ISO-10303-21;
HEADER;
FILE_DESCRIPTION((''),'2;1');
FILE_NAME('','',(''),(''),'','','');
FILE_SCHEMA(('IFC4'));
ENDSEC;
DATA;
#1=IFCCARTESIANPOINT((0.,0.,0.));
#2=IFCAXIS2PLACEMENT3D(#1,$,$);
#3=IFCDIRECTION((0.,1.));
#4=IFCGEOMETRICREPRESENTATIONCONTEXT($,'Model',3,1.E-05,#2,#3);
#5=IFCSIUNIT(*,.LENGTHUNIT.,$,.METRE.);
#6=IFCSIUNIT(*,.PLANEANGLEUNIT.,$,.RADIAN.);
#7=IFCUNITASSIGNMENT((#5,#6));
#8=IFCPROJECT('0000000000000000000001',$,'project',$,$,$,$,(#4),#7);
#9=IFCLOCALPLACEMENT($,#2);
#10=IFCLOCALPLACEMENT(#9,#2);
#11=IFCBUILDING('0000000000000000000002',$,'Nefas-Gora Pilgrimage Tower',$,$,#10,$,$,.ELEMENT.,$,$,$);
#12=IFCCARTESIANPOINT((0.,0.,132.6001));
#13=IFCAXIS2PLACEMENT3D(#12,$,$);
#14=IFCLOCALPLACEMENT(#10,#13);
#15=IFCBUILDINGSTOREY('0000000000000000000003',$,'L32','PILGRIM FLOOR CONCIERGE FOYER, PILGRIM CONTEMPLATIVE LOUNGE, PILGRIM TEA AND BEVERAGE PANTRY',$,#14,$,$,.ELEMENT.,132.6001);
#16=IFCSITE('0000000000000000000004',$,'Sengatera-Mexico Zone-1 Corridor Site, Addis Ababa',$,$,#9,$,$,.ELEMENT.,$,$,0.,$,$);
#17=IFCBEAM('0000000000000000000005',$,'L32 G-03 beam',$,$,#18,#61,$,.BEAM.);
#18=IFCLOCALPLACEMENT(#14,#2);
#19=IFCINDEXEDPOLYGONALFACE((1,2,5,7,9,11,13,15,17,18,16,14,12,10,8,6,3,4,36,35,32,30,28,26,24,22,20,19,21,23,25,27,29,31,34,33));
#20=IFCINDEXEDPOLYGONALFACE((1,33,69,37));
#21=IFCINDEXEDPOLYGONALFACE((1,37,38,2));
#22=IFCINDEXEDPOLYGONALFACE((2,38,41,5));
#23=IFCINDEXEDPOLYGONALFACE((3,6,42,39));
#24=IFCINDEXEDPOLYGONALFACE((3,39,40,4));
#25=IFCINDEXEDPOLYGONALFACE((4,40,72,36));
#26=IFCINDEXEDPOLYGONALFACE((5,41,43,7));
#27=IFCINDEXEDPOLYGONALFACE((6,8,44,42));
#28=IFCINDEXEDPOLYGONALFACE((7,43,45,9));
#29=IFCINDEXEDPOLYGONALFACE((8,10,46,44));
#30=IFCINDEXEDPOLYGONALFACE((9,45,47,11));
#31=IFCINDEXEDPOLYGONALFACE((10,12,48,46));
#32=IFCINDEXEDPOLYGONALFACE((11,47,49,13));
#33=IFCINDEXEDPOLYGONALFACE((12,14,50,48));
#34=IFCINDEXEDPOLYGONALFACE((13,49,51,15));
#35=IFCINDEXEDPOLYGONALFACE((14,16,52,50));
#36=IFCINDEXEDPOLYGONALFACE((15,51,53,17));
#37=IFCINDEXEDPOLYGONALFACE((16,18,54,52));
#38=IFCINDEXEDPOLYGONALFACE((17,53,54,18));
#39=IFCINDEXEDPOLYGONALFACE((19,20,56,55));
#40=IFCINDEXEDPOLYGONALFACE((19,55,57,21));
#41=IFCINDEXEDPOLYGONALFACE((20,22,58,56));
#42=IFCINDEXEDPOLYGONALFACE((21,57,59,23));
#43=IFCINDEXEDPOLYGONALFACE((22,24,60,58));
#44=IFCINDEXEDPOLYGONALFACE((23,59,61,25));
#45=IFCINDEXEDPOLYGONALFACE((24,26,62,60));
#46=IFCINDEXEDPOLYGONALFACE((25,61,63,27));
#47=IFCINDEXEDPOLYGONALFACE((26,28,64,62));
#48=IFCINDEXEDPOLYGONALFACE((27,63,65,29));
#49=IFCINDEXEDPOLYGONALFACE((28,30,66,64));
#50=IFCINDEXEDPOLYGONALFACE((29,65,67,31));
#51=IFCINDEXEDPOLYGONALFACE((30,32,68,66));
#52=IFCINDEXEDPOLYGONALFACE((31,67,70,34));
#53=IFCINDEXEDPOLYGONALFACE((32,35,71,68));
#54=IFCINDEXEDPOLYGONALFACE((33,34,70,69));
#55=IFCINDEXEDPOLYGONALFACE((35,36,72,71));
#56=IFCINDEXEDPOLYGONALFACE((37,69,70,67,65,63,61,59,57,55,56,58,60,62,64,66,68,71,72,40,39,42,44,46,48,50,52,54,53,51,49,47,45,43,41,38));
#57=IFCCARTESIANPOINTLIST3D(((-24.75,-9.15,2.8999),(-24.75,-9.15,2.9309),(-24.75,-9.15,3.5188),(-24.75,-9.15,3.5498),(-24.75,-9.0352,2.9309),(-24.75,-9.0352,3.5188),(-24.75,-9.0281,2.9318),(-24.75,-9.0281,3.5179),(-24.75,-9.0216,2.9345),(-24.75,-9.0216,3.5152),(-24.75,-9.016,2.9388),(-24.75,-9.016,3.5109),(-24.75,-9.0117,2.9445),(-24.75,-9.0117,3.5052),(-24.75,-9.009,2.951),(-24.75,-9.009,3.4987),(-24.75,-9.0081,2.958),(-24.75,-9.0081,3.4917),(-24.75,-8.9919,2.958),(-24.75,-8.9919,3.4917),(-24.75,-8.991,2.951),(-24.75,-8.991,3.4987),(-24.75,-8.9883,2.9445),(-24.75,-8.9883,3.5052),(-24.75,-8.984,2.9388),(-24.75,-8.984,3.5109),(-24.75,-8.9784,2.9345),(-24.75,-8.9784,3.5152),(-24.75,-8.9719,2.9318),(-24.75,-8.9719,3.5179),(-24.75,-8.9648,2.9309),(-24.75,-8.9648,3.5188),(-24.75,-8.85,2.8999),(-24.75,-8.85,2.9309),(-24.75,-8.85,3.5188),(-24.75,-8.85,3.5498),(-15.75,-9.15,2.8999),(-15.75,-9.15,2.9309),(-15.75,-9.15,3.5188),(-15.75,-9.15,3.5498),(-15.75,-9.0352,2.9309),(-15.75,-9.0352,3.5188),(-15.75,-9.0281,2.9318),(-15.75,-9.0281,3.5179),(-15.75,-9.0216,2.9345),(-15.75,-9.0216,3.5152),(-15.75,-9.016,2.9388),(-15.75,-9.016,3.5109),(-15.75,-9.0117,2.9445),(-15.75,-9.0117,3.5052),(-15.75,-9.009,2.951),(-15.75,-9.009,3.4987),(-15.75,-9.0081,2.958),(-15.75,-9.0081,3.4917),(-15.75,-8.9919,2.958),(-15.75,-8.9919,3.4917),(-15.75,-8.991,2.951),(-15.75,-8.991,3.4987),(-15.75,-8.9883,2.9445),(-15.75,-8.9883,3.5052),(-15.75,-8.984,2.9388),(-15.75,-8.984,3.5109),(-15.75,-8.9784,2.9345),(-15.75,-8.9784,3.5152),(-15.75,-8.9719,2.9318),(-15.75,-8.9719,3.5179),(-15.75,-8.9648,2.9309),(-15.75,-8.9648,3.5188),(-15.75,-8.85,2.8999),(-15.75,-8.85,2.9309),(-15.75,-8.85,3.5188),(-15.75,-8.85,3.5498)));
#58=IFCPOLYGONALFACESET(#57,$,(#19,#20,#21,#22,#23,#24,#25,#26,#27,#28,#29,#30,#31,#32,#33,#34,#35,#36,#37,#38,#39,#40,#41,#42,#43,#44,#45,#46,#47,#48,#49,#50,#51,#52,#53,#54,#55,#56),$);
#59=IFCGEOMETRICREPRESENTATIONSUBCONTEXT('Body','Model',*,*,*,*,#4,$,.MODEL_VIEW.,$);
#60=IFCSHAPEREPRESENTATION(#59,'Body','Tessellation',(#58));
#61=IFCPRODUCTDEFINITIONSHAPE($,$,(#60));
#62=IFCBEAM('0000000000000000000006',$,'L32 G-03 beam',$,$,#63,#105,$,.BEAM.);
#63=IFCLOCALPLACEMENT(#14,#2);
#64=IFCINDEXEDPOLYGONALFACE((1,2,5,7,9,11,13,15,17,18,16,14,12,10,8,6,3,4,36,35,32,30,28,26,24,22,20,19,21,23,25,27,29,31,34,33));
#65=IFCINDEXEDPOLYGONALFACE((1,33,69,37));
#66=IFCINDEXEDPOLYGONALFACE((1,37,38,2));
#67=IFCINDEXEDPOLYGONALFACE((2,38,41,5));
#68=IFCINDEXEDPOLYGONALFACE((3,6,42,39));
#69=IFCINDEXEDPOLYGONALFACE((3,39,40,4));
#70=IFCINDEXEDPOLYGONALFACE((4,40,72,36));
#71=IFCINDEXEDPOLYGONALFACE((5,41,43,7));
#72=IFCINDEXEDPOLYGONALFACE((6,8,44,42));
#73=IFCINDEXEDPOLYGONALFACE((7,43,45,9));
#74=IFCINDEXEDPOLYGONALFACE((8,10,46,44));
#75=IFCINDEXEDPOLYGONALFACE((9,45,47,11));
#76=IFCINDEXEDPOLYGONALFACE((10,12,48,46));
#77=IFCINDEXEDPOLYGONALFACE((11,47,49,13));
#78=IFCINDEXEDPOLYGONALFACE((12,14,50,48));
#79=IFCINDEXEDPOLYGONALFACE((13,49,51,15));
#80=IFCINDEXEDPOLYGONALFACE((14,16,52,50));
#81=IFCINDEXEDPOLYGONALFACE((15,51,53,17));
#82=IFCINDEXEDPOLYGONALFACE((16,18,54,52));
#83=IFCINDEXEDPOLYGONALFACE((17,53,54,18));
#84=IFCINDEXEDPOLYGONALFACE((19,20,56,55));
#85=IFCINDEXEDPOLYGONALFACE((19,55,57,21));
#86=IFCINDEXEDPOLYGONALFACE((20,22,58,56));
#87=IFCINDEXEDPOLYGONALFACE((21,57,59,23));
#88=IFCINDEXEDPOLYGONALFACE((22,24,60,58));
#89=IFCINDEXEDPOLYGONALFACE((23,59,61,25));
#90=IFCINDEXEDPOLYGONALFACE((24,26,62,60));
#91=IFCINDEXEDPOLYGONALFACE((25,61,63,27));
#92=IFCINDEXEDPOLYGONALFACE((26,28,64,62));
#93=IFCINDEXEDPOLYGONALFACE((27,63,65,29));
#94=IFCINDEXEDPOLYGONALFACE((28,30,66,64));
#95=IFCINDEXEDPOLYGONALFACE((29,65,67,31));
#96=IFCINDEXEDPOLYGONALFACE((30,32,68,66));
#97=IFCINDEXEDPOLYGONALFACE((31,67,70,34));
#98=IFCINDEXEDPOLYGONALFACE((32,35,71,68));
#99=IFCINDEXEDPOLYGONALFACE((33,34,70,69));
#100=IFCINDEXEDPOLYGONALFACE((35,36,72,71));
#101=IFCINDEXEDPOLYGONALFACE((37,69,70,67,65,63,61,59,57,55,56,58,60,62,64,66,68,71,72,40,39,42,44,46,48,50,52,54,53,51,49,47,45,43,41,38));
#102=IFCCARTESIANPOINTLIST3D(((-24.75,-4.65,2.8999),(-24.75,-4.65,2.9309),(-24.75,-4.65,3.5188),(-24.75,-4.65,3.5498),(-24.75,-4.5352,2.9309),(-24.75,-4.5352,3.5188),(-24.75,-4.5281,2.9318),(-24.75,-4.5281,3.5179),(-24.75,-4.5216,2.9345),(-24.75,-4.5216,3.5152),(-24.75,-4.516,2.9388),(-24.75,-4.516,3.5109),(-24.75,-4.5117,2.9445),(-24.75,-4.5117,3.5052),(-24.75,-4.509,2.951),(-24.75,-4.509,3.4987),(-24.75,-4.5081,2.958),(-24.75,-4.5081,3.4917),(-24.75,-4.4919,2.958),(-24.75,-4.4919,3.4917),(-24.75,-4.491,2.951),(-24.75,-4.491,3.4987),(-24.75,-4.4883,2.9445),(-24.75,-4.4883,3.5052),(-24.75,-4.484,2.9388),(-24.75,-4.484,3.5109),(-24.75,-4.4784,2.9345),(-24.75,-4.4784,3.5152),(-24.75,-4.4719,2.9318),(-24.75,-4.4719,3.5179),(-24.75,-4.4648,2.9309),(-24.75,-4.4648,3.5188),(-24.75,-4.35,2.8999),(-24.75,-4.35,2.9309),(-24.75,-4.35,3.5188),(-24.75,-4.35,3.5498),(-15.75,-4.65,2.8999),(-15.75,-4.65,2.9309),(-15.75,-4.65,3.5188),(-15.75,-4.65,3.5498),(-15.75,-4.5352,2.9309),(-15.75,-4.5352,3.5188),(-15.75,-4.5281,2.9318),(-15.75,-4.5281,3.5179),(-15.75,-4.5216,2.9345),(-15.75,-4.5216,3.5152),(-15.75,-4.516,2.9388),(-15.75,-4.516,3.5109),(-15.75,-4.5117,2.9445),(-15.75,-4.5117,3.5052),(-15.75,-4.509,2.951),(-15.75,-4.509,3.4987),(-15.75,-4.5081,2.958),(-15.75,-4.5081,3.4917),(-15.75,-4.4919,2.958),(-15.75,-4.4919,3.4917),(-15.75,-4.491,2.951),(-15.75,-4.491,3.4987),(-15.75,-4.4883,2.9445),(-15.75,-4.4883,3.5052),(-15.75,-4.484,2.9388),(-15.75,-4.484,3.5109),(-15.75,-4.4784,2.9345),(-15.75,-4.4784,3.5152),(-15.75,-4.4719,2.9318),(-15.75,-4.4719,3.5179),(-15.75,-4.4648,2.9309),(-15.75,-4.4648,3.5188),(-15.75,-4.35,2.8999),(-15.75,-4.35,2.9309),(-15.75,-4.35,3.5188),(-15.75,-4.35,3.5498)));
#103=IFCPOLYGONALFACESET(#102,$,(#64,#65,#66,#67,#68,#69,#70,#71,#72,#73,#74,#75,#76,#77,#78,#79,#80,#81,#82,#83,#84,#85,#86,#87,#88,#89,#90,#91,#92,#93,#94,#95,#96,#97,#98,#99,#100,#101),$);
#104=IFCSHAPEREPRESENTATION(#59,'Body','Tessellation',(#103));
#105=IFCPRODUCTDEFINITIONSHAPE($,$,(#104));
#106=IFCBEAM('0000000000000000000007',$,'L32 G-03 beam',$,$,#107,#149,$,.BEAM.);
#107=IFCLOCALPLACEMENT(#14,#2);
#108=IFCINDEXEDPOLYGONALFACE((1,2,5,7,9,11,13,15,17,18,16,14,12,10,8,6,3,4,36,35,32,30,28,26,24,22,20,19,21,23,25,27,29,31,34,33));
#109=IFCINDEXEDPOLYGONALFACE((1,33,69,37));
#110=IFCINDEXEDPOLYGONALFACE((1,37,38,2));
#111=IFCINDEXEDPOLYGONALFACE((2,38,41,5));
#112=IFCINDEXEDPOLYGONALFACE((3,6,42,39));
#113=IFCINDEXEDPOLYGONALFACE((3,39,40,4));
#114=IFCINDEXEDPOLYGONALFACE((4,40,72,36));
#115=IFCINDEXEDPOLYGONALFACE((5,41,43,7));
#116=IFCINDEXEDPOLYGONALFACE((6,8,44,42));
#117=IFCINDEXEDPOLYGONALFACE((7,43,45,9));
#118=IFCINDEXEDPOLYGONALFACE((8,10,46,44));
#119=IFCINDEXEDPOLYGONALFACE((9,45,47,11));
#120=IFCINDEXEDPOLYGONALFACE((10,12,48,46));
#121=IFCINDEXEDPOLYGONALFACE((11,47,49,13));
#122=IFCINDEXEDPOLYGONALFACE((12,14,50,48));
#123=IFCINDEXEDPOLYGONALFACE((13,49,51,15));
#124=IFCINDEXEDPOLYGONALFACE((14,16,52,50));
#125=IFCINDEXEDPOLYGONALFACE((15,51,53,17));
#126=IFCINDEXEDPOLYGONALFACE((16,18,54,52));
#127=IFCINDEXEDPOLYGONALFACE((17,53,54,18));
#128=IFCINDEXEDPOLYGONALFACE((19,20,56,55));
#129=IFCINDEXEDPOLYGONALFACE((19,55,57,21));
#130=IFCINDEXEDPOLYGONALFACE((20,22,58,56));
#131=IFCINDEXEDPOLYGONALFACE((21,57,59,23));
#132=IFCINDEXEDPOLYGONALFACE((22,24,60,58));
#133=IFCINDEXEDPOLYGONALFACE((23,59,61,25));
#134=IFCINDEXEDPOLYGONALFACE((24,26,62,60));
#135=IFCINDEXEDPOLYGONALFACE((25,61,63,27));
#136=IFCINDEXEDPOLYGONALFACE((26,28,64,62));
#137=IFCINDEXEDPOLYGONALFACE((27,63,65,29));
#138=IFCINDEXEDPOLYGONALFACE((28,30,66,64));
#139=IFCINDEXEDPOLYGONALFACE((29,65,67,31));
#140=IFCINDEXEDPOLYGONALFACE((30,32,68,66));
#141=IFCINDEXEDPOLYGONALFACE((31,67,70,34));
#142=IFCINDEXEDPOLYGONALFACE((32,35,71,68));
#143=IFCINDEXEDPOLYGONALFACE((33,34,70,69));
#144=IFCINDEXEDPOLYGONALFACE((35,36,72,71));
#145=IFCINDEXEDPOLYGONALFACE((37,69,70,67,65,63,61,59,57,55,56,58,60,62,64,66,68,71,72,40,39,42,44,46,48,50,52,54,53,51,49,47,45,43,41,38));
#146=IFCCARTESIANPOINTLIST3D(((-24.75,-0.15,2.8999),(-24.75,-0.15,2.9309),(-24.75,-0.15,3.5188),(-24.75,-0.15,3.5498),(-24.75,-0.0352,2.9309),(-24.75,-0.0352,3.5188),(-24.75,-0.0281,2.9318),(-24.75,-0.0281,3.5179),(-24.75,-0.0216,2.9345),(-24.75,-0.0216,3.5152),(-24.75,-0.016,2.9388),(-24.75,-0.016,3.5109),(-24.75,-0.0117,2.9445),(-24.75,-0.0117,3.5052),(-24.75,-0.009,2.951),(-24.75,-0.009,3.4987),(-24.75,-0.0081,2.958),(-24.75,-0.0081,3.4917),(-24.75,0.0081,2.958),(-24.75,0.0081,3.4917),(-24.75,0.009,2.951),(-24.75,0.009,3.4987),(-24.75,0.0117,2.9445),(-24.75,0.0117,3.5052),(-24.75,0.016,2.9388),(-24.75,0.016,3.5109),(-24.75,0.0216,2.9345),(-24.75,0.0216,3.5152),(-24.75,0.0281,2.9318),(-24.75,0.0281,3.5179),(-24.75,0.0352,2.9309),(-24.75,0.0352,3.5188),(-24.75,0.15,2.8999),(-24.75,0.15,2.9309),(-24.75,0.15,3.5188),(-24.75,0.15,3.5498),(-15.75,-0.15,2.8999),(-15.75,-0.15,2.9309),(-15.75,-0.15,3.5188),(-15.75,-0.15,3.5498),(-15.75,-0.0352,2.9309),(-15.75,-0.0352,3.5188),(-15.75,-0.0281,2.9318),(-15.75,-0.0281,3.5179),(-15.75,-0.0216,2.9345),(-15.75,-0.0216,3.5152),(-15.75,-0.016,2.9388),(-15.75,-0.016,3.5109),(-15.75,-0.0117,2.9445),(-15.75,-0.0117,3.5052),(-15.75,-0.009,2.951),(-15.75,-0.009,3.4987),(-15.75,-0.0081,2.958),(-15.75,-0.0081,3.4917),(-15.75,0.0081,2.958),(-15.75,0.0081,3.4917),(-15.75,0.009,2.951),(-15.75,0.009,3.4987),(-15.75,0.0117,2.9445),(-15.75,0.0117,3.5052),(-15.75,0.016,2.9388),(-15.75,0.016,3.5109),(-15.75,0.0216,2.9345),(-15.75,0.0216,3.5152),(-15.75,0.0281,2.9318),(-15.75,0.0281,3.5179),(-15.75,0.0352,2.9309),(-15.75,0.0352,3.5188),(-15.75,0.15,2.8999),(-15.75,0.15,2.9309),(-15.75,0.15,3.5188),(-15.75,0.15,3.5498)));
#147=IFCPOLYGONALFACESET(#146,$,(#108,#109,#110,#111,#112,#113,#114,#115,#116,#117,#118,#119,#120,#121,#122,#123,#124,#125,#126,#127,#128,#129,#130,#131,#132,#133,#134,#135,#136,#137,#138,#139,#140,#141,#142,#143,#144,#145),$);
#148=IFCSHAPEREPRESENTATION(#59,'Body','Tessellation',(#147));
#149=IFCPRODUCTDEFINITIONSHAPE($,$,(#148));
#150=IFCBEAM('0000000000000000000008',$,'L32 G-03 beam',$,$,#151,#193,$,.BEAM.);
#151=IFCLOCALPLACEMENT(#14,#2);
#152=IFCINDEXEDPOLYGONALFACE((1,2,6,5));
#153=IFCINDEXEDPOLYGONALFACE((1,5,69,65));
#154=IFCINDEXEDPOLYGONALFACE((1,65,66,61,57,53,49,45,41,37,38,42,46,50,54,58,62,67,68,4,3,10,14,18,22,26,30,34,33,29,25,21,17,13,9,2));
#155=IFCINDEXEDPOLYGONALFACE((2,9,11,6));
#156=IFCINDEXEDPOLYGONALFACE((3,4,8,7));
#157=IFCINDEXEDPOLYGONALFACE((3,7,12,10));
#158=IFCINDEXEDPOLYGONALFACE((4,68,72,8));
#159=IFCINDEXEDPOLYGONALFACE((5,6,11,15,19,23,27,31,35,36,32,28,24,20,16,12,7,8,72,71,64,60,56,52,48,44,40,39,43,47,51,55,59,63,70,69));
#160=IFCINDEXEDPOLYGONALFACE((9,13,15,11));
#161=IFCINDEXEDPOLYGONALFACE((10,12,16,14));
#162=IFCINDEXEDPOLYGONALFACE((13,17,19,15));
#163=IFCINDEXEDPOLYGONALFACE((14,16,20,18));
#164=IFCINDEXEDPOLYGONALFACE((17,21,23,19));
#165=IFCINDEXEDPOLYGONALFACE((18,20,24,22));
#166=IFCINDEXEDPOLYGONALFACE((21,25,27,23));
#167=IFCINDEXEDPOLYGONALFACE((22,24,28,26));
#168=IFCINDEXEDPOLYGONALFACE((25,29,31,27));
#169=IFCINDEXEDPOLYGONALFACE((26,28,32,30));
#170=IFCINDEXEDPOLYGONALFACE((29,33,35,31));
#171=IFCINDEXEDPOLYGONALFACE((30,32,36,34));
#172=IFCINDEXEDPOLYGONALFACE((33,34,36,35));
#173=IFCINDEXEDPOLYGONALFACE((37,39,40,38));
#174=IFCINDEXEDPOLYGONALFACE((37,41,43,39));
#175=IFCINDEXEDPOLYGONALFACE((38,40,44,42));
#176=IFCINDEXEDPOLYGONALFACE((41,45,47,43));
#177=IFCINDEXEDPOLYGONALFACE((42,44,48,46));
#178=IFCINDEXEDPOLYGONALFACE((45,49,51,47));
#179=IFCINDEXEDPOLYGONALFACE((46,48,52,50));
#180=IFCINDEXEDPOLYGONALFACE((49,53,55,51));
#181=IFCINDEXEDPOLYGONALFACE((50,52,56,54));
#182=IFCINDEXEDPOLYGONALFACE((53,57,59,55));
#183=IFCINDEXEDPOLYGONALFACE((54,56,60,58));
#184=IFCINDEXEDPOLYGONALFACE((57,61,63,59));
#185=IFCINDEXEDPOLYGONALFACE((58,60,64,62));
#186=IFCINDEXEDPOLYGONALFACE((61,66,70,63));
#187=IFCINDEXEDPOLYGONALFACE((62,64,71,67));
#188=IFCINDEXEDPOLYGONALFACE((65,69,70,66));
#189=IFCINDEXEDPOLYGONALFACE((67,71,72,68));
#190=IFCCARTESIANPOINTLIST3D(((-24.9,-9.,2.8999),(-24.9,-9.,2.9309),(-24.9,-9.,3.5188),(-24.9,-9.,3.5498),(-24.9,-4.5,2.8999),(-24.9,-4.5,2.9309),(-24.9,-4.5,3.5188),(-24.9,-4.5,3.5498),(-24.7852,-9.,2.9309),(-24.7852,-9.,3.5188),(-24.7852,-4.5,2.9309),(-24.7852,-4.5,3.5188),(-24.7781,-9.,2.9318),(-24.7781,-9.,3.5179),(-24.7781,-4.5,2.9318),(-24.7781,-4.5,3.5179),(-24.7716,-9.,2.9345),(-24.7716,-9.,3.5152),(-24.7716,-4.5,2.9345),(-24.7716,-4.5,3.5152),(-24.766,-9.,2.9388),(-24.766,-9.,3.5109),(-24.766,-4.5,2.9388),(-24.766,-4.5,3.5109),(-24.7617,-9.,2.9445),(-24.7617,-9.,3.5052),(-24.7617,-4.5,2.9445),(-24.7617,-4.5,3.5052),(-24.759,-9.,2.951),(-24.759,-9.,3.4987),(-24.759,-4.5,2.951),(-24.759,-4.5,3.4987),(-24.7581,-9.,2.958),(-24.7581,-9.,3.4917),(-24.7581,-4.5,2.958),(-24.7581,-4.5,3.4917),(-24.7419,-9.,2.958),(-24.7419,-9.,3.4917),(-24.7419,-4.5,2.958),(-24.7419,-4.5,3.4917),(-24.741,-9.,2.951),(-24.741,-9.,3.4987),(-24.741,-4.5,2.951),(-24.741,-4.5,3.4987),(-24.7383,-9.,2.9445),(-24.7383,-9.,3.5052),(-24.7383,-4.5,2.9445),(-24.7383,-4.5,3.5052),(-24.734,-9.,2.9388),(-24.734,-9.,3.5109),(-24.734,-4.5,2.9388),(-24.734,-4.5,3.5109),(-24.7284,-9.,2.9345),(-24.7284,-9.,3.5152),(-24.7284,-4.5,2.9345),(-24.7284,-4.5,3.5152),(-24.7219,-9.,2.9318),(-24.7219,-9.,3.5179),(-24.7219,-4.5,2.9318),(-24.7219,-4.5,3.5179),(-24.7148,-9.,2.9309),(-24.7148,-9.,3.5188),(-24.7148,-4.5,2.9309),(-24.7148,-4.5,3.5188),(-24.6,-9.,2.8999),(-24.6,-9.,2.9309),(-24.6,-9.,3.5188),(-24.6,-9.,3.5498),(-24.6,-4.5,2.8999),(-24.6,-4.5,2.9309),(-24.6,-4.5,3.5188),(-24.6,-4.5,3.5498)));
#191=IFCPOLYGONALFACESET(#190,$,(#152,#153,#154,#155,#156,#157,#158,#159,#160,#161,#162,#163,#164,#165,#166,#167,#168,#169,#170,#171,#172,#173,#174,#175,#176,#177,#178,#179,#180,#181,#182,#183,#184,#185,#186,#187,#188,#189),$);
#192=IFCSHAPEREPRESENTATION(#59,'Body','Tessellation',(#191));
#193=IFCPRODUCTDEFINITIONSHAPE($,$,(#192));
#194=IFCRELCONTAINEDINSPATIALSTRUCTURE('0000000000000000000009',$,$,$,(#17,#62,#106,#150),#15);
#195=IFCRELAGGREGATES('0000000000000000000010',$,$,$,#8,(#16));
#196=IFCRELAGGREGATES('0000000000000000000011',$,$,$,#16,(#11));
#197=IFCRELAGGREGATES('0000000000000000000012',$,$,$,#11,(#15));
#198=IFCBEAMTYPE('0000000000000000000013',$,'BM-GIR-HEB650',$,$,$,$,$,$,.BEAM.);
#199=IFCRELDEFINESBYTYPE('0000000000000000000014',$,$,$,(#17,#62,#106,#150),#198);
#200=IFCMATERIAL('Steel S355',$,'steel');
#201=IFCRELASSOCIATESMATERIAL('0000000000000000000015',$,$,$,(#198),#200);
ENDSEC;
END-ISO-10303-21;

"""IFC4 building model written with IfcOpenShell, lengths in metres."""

from ifc_helpers import new_model, si_unit, direction, frame, origin, origin_2d, place, context, subcontext, project, spatial, i_section, extrude, source, transform, mapped, material, material_profile, profile_set, type_object, element, save


model = new_model("IFC4")

# Units and contexts
model_context = context("Model", 3, precision=1e-05, world=origin(), true_north=direction((0.0, 1.0)))
body_context = subcontext(model_context, "Body", "Model", "MODEL_VIEW")
ifc_project = project(units=[si_unit("LENGTHUNIT", "METRE"), si_unit("PLANEANGLEUNIT", "RADIAN")], contexts=[model_context])

# Site, building, storey
site_placement = place(None, origin())
site = spatial("IfcSite", under=ifc_project, at=site_placement, Name="Sengatera-Mexico Zone-1 Corridor Site, Addis Ababa", CompositionType="ELEMENT", RefElevation=0.0)
building_placement = place(site_placement, origin())
building = spatial("IfcBuilding", under=site, at=building_placement, Name="Nefas-Gora Pilgrimage Tower", CompositionType="ELEMENT")
storey_placement = place(building_placement, frame((0.0, 0.0, 132.6001)))
storey = spatial("IfcBuildingStorey", under=building, at=storey_placement, Name="L32", Description="PILGRIM FLOOR CONCIERGE FOYER, PILGRIM CONTEMPLATIVE LOUNGE, PILGRIM TEA AND BEVERAGE PANTRY", CompositionType="ELEMENT", Elevation=132.6001)

# Beams
ifc_material_1 = material(Name="Steel S355", Category="steel")
ifc_material_profile_1 = material_profile(ifc_material_1, i_section(OverallWidth=0.3, OverallDepth=0.6499, WebThickness=0.0161, FlangeThickness=0.031, FilletRadius=0.0271, at=origin_2d()), Name="HEB 650")
ifc_profile_set_1 = profile_set([ifc_material_profile_1], Name="Steel S355")
beam_type_1 = type_object("IfcBeamType", Name="BM-GIR-HEB650", PredefinedType="BEAM", material=ifc_profile_set_1)
shared_shape_1 = source(origin(), body_context, "Body", "SweptSolid", [
    extrude(i_section(OverallWidth=0.3, OverallDepth=0.6499, WebThickness=0.0161, FlangeThickness=0.031, FilletRadius=0.0271, at=origin_2d()), origin(), (0.0, 0.0, 1.0), 9.0),
])
for number, where, z_axis, x_axis, name in (
    (1, (-24.75, -9.0, 3.2249), (1.0, 0.0, 0.0), (0.0, 1.0, 0.0), "L32 G-03 beam"),
    (2, (-24.75, -4.5, 3.2249), (1.0, 0.0, 0.0), (0.0, 1.0, 0.0), "L32 G-03 beam"),
    (3, (-24.75, 0.0, 3.2249), (1.0, 0.0, 0.0), (0.0, 1.0, 0.0), "L32 G-03 beam"),
):
    element("IfcBeam", number, at=place(storey_placement, frame(where, z_axis=z_axis, x_axis=x_axis)), inside=storey, type_object=beam_type_1, Name=name, PredefinedType="BEAM", context=body_context, shape_type="MappedRepresentation", body=[
        mapped(shared_shape_1, transform((0.0, 0.0, 0.0), x_axis=(1.0, 0.0, 0.0), y_axis=(0.0, 1.0, 0.0), z_axis=(0.0, 0.0, 1.0), scale=1.0)),
    ])
shared_shape_2 = source(origin(), body_context, "Body", "SweptSolid", [
    extrude(i_section(OverallWidth=0.3, OverallDepth=0.6499, WebThickness=0.0161, FlangeThickness=0.031, FilletRadius=0.0271, at=origin_2d()), origin(), (0.0, 0.0, 1.0), 4.5),
])
for number, where, z_axis, x_axis, name in (
    (4, (-24.75, -9.0, 3.2249), (0.0, 1.0, 0.0), (-1.0, 0.0, 0.0), "L32 G-03 beam"),
):
    element("IfcBeam", number, at=place(storey_placement, frame(where, z_axis=z_axis, x_axis=x_axis)), inside=storey, type_object=beam_type_1, Name=name, PredefinedType="BEAM", context=body_context, shape_type="MappedRepresentation", body=[
        mapped(shared_shape_2, transform((0.0, 0.0, 0.0), x_axis=(1.0, 0.0, 0.0), y_axis=(0.0, 1.0, 0.0), z_axis=(0.0, 0.0, 1.0), scale=1.0)),
    ])

save(model, "model.ifc")
